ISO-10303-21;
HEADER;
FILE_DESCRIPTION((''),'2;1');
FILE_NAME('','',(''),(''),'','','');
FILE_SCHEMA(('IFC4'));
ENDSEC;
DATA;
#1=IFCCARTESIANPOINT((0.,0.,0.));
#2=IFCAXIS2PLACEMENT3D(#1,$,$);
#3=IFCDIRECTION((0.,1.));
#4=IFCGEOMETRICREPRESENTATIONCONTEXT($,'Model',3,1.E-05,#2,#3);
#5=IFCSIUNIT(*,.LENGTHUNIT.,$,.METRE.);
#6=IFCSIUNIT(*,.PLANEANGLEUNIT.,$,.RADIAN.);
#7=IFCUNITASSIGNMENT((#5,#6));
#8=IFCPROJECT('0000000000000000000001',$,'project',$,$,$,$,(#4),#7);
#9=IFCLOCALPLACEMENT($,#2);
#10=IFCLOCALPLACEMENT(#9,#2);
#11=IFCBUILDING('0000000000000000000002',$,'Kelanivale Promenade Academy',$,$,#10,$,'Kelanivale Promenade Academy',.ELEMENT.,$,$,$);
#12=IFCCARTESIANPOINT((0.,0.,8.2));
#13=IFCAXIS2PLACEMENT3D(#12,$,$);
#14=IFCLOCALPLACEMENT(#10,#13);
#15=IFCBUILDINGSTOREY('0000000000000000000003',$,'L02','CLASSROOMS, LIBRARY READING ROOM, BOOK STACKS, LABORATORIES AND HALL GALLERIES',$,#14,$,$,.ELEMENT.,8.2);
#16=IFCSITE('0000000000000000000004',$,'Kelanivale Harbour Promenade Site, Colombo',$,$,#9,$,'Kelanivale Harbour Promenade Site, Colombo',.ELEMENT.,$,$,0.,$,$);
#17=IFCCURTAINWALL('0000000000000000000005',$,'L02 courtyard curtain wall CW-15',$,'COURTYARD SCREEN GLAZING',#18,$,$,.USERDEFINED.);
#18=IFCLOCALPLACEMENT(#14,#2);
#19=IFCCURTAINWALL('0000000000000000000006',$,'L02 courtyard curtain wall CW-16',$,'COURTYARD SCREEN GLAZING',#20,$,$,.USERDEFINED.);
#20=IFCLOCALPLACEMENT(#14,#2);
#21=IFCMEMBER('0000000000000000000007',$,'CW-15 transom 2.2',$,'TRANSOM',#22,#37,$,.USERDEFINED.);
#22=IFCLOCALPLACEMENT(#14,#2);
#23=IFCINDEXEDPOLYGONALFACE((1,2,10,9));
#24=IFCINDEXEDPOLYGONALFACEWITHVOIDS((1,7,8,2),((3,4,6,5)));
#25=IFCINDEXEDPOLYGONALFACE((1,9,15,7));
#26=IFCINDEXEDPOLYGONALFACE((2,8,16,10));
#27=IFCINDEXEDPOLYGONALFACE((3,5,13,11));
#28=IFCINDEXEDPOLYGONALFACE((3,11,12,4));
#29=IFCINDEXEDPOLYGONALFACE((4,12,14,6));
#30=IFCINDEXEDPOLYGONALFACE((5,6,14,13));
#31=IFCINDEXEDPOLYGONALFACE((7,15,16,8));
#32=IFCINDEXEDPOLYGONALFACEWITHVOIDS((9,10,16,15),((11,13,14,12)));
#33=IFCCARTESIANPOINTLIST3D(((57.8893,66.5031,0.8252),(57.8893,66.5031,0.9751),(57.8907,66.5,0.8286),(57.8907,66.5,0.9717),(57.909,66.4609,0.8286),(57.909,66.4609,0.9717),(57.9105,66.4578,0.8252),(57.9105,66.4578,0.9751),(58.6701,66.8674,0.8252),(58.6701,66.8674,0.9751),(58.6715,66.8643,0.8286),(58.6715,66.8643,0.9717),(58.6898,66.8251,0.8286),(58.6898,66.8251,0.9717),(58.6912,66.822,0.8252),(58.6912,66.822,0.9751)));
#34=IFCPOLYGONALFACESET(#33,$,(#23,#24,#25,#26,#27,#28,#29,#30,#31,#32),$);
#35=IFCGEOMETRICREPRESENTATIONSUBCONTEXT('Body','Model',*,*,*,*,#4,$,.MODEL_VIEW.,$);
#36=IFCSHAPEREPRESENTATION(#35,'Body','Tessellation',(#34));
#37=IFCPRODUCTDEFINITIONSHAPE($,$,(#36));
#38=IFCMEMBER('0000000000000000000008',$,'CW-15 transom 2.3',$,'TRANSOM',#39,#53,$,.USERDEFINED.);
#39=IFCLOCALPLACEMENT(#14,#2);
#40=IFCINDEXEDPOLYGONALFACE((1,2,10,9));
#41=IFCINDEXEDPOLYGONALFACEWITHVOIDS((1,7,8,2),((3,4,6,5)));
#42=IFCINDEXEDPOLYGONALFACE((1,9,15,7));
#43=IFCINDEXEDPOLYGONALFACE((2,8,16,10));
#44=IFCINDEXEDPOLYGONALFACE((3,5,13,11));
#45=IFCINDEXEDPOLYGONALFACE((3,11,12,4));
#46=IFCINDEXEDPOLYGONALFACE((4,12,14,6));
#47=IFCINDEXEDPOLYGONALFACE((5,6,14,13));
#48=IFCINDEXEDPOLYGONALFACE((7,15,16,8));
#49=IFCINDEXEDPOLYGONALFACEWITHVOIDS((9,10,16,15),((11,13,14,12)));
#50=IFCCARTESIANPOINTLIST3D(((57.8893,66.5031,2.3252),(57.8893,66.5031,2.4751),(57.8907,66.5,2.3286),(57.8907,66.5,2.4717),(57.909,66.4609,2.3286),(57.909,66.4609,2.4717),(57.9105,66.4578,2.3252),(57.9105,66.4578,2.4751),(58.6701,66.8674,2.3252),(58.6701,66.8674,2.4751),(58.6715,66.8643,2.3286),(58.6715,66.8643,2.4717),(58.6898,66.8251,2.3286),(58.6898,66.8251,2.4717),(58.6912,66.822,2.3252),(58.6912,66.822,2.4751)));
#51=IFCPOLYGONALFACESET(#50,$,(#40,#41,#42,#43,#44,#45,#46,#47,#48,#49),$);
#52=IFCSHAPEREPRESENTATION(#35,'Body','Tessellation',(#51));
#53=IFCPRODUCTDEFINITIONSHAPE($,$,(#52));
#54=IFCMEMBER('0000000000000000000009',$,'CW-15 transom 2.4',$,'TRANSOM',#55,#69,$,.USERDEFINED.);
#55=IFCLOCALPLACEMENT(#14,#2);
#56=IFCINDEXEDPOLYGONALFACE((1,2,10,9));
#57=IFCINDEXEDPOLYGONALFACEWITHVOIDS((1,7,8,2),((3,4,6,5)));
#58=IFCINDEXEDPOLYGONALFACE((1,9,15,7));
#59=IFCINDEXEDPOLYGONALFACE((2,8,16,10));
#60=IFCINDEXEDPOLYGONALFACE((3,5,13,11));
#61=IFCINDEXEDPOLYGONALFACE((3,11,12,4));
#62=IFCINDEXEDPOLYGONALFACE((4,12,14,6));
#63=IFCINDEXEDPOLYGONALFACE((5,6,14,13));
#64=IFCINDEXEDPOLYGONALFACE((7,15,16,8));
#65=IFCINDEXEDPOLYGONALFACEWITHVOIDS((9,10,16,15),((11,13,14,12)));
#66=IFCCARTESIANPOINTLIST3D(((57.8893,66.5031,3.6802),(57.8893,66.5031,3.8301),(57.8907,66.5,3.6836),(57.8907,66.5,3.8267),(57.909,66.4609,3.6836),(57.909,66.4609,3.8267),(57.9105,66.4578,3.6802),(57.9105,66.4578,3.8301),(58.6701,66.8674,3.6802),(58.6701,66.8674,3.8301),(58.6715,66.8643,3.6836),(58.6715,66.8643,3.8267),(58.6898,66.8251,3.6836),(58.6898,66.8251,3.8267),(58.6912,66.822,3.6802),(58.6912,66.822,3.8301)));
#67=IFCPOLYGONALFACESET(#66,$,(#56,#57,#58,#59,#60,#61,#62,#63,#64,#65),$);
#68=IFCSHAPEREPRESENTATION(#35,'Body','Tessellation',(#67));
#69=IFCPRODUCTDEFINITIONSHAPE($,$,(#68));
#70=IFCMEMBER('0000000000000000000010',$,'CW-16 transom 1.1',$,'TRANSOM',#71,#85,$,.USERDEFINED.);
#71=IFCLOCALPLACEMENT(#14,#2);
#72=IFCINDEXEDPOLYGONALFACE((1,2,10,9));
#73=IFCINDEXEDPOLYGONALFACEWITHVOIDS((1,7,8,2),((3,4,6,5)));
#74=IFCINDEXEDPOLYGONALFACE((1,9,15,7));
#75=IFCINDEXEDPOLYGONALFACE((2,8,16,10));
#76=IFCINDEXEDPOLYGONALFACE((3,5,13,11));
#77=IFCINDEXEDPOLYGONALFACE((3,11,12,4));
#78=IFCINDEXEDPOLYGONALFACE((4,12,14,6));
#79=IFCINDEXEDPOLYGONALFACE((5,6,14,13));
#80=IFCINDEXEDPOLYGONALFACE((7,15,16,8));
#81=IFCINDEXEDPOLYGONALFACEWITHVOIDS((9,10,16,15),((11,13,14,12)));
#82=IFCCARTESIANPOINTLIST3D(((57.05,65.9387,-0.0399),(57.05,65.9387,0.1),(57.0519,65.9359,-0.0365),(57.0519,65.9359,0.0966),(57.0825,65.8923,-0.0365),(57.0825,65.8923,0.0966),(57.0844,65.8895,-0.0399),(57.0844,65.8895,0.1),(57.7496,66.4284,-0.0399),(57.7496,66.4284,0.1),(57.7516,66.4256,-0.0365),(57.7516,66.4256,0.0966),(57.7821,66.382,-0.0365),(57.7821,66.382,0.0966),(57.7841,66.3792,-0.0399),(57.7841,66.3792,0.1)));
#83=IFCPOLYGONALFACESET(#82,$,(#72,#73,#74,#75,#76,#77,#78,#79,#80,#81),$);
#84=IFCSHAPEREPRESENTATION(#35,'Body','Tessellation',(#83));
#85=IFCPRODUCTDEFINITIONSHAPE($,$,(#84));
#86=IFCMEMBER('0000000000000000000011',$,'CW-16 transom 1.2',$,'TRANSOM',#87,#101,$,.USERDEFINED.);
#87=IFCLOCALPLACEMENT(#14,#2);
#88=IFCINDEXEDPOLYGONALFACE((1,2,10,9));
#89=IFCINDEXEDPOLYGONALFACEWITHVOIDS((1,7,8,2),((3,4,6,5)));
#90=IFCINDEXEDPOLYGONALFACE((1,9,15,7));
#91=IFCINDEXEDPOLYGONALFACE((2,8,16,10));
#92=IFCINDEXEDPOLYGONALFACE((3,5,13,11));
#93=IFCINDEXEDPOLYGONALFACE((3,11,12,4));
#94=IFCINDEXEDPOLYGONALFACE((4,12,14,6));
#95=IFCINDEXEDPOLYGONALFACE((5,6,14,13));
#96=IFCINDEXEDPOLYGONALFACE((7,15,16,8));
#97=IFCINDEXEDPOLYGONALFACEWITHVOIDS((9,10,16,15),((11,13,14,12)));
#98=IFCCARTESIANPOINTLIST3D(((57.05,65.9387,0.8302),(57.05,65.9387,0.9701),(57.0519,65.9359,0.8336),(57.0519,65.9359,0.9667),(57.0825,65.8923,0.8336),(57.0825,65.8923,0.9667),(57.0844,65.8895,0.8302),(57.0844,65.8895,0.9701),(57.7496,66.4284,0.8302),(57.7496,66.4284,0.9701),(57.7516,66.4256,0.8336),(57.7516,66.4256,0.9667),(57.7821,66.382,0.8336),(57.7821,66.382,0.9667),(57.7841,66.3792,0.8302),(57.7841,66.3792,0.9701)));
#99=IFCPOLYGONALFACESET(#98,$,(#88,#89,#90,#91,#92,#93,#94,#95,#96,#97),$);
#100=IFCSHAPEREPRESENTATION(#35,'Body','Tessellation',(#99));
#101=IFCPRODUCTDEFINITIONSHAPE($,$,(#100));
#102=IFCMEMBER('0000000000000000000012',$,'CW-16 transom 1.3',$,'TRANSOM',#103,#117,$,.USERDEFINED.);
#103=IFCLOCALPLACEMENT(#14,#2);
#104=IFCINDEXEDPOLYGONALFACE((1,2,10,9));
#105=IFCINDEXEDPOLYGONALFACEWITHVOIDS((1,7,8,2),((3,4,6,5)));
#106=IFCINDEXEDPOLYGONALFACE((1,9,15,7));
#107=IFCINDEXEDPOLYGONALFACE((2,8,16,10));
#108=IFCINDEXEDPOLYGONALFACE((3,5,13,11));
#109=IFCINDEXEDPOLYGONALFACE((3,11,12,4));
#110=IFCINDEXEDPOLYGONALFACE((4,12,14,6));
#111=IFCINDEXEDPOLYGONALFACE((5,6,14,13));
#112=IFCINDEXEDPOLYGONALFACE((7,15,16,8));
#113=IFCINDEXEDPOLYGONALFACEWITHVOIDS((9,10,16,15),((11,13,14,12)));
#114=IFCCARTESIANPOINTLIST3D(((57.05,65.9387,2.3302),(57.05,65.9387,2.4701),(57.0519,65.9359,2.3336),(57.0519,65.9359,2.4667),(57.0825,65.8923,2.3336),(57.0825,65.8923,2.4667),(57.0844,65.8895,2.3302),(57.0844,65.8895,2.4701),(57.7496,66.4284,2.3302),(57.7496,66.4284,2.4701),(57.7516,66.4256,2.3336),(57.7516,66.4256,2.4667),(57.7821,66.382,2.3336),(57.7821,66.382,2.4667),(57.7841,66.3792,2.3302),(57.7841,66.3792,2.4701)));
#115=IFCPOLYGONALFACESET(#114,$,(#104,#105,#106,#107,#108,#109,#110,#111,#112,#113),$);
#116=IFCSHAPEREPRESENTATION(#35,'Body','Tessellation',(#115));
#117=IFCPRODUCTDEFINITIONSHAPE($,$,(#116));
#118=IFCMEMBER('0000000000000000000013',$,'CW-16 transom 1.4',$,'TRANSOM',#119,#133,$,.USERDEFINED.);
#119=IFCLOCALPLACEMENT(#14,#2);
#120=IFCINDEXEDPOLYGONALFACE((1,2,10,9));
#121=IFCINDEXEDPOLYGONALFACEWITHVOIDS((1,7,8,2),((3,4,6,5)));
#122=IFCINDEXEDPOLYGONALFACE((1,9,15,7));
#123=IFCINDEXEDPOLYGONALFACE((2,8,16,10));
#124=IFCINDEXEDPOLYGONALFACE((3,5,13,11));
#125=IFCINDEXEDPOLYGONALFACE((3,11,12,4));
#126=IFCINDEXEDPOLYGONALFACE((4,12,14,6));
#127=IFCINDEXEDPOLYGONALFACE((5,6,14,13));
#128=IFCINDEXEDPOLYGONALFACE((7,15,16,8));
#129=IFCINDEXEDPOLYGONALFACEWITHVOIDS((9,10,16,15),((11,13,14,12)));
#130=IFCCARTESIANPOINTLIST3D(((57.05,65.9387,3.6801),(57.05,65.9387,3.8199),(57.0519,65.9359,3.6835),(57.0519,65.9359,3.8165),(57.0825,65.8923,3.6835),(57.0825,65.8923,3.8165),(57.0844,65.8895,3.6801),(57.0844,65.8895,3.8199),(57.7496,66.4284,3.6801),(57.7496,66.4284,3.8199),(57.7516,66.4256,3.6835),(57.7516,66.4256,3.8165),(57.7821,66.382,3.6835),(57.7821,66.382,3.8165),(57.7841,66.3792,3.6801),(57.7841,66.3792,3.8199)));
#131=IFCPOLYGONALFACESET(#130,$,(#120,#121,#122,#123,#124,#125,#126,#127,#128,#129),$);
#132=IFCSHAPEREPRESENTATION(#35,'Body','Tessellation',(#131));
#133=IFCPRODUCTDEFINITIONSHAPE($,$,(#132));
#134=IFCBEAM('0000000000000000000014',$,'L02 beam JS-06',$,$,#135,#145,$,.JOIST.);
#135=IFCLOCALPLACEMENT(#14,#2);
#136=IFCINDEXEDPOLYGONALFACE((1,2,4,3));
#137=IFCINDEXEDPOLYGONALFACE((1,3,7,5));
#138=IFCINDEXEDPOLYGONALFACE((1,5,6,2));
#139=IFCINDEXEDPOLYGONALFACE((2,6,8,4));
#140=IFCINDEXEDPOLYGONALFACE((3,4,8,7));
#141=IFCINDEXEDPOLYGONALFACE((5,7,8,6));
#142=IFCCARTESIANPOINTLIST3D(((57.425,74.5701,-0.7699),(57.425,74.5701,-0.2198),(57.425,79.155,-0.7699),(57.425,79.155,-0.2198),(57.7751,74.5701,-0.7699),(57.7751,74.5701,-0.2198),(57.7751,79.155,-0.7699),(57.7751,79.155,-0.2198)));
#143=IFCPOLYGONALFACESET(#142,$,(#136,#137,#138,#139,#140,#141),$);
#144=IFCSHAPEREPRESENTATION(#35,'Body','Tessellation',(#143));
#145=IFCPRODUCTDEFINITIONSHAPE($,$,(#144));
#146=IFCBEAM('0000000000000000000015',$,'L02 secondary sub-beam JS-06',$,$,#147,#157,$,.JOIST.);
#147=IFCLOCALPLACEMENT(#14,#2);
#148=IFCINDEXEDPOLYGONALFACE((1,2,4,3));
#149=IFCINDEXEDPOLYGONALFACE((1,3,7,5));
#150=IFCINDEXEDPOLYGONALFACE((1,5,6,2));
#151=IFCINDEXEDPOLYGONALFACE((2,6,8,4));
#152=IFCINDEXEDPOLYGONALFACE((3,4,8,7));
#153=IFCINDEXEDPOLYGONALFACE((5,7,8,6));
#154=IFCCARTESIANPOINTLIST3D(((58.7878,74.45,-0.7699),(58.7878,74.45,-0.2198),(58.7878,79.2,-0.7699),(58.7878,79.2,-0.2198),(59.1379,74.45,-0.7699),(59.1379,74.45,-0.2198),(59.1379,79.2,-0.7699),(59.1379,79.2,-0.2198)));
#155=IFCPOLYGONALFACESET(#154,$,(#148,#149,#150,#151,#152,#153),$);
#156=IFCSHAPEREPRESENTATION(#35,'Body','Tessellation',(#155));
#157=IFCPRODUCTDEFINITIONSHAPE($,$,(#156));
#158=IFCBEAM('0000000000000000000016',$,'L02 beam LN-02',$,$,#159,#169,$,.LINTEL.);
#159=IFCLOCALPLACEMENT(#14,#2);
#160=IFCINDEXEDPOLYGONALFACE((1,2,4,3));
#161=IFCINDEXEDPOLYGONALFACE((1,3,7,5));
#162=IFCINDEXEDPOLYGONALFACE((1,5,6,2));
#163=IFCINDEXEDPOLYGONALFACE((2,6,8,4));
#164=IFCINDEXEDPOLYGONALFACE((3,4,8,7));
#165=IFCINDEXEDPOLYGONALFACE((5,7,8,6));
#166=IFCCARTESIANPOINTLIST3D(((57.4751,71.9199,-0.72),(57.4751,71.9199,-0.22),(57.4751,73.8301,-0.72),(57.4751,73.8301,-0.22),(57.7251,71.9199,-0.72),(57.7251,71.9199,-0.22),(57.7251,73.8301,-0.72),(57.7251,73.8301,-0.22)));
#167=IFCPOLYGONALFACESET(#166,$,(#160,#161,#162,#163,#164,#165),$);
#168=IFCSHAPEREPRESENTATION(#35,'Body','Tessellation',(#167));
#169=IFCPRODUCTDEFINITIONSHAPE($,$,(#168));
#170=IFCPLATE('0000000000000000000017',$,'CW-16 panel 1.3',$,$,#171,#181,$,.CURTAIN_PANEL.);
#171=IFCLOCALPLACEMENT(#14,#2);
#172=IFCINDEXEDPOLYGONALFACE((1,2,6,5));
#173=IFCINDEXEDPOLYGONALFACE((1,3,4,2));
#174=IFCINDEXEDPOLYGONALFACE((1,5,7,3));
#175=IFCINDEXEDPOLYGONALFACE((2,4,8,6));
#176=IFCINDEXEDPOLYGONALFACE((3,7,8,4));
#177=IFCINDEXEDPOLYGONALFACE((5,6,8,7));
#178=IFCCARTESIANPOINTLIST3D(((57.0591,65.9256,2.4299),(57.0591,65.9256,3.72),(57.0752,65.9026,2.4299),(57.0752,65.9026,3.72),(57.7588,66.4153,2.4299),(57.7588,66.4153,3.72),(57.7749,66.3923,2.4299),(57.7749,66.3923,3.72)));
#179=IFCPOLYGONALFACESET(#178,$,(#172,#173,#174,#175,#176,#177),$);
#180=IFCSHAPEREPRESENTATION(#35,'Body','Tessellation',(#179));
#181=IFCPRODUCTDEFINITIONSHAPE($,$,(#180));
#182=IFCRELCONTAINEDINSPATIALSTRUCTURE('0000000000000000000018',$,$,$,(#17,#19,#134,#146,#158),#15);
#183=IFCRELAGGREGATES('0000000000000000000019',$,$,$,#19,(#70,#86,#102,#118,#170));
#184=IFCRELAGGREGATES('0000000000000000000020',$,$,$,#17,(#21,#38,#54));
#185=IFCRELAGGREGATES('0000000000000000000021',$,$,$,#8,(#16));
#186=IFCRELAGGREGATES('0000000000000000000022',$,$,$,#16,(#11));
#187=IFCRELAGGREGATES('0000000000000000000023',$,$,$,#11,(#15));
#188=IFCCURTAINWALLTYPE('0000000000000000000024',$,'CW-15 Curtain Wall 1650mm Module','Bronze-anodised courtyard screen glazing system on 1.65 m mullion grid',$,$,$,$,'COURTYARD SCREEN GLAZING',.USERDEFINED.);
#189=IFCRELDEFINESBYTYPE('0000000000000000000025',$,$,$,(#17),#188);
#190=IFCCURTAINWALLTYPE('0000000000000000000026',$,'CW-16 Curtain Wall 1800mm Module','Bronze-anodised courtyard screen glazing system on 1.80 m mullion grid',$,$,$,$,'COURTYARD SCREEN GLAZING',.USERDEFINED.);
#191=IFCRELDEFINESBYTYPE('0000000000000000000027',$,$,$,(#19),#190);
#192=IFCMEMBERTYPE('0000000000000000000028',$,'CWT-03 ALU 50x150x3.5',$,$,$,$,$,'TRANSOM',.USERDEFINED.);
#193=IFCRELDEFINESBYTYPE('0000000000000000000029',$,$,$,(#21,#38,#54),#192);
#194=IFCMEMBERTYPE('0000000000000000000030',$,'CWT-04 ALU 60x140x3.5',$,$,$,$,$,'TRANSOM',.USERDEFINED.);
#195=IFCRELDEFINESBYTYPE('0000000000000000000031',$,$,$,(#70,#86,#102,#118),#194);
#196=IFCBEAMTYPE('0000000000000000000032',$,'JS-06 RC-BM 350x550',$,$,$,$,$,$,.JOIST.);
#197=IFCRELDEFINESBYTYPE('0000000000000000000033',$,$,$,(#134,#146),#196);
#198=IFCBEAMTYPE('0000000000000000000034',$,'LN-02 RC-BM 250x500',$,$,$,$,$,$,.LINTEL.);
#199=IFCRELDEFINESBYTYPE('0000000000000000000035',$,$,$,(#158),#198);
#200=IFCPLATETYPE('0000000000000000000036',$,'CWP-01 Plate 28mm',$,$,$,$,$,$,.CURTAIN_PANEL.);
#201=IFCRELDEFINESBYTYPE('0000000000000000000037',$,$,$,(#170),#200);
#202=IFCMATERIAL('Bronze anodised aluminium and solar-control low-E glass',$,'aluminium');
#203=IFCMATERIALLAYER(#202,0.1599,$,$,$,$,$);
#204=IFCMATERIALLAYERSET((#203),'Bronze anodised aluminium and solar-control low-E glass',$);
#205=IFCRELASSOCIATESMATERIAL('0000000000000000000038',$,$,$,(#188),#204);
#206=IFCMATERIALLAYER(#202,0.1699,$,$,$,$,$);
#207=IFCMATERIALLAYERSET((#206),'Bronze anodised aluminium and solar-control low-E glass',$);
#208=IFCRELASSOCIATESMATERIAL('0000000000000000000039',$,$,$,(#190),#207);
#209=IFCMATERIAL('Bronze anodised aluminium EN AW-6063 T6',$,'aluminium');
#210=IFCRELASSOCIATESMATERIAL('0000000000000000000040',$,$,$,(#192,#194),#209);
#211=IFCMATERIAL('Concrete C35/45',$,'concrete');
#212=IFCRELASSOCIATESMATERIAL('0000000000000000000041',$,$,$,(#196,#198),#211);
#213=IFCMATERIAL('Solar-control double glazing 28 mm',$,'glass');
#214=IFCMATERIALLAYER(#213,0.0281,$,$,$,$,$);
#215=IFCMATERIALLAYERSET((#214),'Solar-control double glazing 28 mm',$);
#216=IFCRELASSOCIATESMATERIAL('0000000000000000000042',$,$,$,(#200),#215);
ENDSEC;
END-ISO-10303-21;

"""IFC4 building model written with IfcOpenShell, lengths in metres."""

from ifc_helpers import new_model, si_unit, direction, frame, origin, origin_2d, place, context, subcontext, project, spatial, rectangle, hollow_rectangle, extrude, material, layer, layer_set, material_profile, profile_set, type_object, element, aggregate, save


model = new_model("IFC4")

# Units and contexts
model_context = context("Model", 3, precision=1e-05, world=origin(), true_north=direction((0.0, 1.0)))
body_context = subcontext(model_context, "Body", "Model", "MODEL_VIEW")
ifc_project = project(units=[si_unit("LENGTHUNIT", "METRE"), si_unit("PLANEANGLEUNIT", "RADIAN")], contexts=[model_context])

# Site, building, storey
site_placement = place(None, origin())
site = spatial("IfcSite", under=ifc_project, at=site_placement, Name="Kelanivale Harbour Promenade Site, Colombo", LongName="Kelanivale Harbour Promenade Site, Colombo", CompositionType="ELEMENT", RefElevation=0.0)
building_placement = place(site_placement, origin())
building = spatial("IfcBuilding", under=site, at=building_placement, Name="Kelanivale Promenade Academy", LongName="Kelanivale Promenade Academy", CompositionType="ELEMENT")
storey_placement = place(building_placement, frame((0.0, 0.0, 8.2)))
storey = spatial("IfcBuildingStorey", under=building, at=storey_placement, Name="L02", Description="CLASSROOMS, LIBRARY READING ROOM, BOOK STACKS, LABORATORIES AND HALL GALLERIES", CompositionType="ELEMENT", Elevation=8.2)

# Shared definitions
ifc_material_1 = material(Name="Concrete C35/45", Category="concrete")

# Curtain wall
ifc_material_2 = material(Name="Bronze anodised aluminium and solar-control low-E glass", Category="aluminium")
ifc_layer_1 = layer(ifc_material_2, 0.1599)
ifc_layer_set_1 = layer_set([ifc_layer_1], Name="Bronze anodised aluminium and solar-control low-E glass")
curtain_wall_type_1 = type_object("IfcCurtainWallType", Name="CW-15 Curtain Wall 1650mm Module", Description="Bronze-anodised courtyard screen glazing system on 1.65 m mullion grid", ElementType="COURTYARD SCREEN GLAZING", PredefinedType="USERDEFINED", material=ifc_layer_set_1)
curtain_wall_1_placement = place(storey_placement, origin())
curtain_wall_1 = element("IfcCurtainWall", 1, at=curtain_wall_1_placement, inside=storey, type_object=curtain_wall_type_1, Name="L02 courtyard curtain wall CW-15", ObjectType="COURTYARD SCREEN GLAZING", PredefinedType="USERDEFINED")
ifc_material_3 = material(Name="Bronze anodised aluminium EN AW-6063 T6", Category="aluminium")

# Curtain wall
ifc_layer_2 = layer(ifc_material_2, 0.1699)
ifc_layer_set_2 = layer_set([ifc_layer_2], Name="Bronze anodised aluminium and solar-control low-E glass")
curtain_wall_type_2 = type_object("IfcCurtainWallType", Name="CW-16 Curtain Wall 1800mm Module", Description="Bronze-anodised courtyard screen glazing system on 1.80 m mullion grid", ElementType="COURTYARD SCREEN GLAZING", PredefinedType="USERDEFINED", material=ifc_layer_set_2)
curtain_wall_2_placement = place(storey_placement, origin())
curtain_wall_2 = element("IfcCurtainWall", 2, at=curtain_wall_2_placement, inside=storey, type_object=curtain_wall_type_2, Name="L02 courtyard curtain wall CW-16", ObjectType="COURTYARD SCREEN GLAZING", PredefinedType="USERDEFINED")

# Members
ifc_material_profile_1 = material_profile(ifc_material_3, hollow_rectangle(XDim=0.05, YDim=0.1499, WallThickness=0.0034, at=origin_2d()), Name="ALU 50x150x3.5")
ifc_profile_set_1 = profile_set([ifc_material_profile_1], Name="Bronze anodised aluminium EN AW-6063 T6")
member_type_1 = type_object("IfcMemberType", Name="CWT-03 ALU 50x150x3.5", ElementType="TRANSOM", PredefinedType="USERDEFINED", material=ifc_profile_set_1)
member_1_placement = place(storey_placement, frame((58.6807, 66.8447, 0.9001), z_axis=(-0.906227, -0.422792, 0.0), x_axis=(0.422792, -0.906227, 0.0)))
member_1 = element("IfcMember", 3, at=member_1_placement, type_object=member_type_1, Name="CW-15 transom 2.2", ObjectType="TRANSOM", PredefinedType="USERDEFINED", context=body_context, shape_type="SweptSolid", body=[
    extrude(hollow_rectangle(XDim=0.05, YDim=0.1499, WallThickness=0.0034, at=origin_2d()), origin(), (0.0, 0.0, 1.0), 0.8616),
])
member_2_placement = place(storey_placement, frame((58.6807, 66.8447, 2.4001), z_axis=(-0.906227, -0.422792, 0.0), x_axis=(0.422792, -0.906227, 0.0)))
member_2 = element("IfcMember", 4, at=member_2_placement, type_object=member_type_1, Name="CW-15 transom 2.3", ObjectType="TRANSOM", PredefinedType="USERDEFINED", context=body_context, shape_type="SweptSolid", body=[
    extrude(hollow_rectangle(XDim=0.05, YDim=0.1499, WallThickness=0.0034, at=origin_2d()), origin(), (0.0, 0.0, 1.0), 0.8616),
])
member_3_placement = place(storey_placement, frame((58.6807, 66.8447, 3.7551), z_axis=(-0.906227, -0.422792, 0.0), x_axis=(0.422792, -0.906227, 0.0)))
member_3 = element("IfcMember", 5, at=member_3_placement, type_object=member_type_1, Name="CW-15 transom 2.4", ObjectType="TRANSOM", PredefinedType="USERDEFINED", context=body_context, shape_type="SweptSolid", body=[
    extrude(hollow_rectangle(XDim=0.05, YDim=0.1499, WallThickness=0.0034, at=origin_2d()), origin(), (0.0, 0.0, 1.0), 0.8616),
])
ifc_material_profile_2 = material_profile(ifc_material_3, hollow_rectangle(XDim=0.0601, YDim=0.1399, WallThickness=0.0034, at=origin_2d()), Name="ALU 60x140x3.5")
ifc_profile_set_2 = profile_set([ifc_material_profile_2], Name="Bronze anodised aluminium EN AW-6063 T6")
member_type_2 = type_object("IfcMemberType", Name="CWT-04 ALU 60x140x3.5", ElementType="TRANSOM", PredefinedType="USERDEFINED", material=ifc_profile_set_2)
member_4_placement = place(storey_placement, frame((57.7668, 66.4038, 0.03), z_axis=(-0.819259, -0.573424, 0.0), x_axis=(0.573424, -0.819259, 0.0)))
member_4 = element("IfcMember", 6, at=member_4_placement, type_object=member_type_2, Name="CW-16 transom 1.1", ObjectType="TRANSOM", PredefinedType="USERDEFINED", context=body_context, shape_type="SweptSolid", body=[
    extrude(hollow_rectangle(XDim=0.0601, YDim=0.1399, WallThickness=0.0034, at=origin_2d()), origin(), (0.0, 0.0, 1.0), 0.854),
])
member_5_placement = place(storey_placement, frame((57.7668, 66.4038, 0.9001), z_axis=(-0.819259, -0.573424, 0.0), x_axis=(0.573424, -0.819259, 0.0)))
member_5 = element("IfcMember", 7, at=member_5_placement, type_object=member_type_2, Name="CW-16 transom 1.2", ObjectType="TRANSOM", PredefinedType="USERDEFINED", context=body_context, shape_type="SweptSolid", body=[
    extrude(hollow_rectangle(XDim=0.0601, YDim=0.1399, WallThickness=0.0034, at=origin_2d()), origin(), (0.0, 0.0, 1.0), 0.854),
])
member_6_placement = place(storey_placement, frame((57.7668, 66.4038, 2.4001), z_axis=(-0.819259, -0.573424, 0.0), x_axis=(0.573424, -0.819259, 0.0)))
member_6 = element("IfcMember", 8, at=member_6_placement, type_object=member_type_2, Name="CW-16 transom 1.3", ObjectType="TRANSOM", PredefinedType="USERDEFINED", context=body_context, shape_type="SweptSolid", body=[
    extrude(hollow_rectangle(XDim=0.0601, YDim=0.1399, WallThickness=0.0034, at=origin_2d()), origin(), (0.0, 0.0, 1.0), 0.854),
])
member_7_placement = place(storey_placement, frame((57.7668, 66.4038, 3.75), z_axis=(-0.819259, -0.573424, 0.0), x_axis=(0.573424, -0.819259, 0.0)))
member_7 = element("IfcMember", 9, at=member_7_placement, type_object=member_type_2, Name="CW-16 transom 1.4", ObjectType="TRANSOM", PredefinedType="USERDEFINED", context=body_context, shape_type="SweptSolid", body=[
    extrude(hollow_rectangle(XDim=0.0601, YDim=0.1399, WallThickness=0.0034, at=origin_2d()), origin(), (0.0, 0.0, 1.0), 0.854),
])

# Beams
ifc_material_profile_3 = material_profile(ifc_material_1, rectangle(XDim=0.3501, YDim=0.55, at=origin_2d()), Name="RC-BM 350x550")
ifc_profile_set_3 = profile_set([ifc_material_profile_3], Name="Concrete C35/45")
beam_type_1 = type_object("IfcBeamType", Name="JS-06 RC-BM 350x550", PredefinedType="JOIST", material=ifc_profile_set_3)
beam_1_placement = place(storey_placement, frame((57.6001, 74.5701, -0.4949), z_axis=(0.0, 1.0, 0.0), x_axis=(-1.0, 0.0, 0.0)))
element("IfcBeam", 10, at=beam_1_placement, inside=storey, type_object=beam_type_1, Name="L02 beam JS-06", PredefinedType="JOIST", context=body_context, shape_type="SweptSolid", body=[
    extrude(rectangle(XDim=0.3501, YDim=0.55, at=origin_2d()), origin(), (0.0, 0.0, 1.0), 4.585),
])
beam_2_placement = place(storey_placement, frame((58.9629, 74.45, -0.4949), z_axis=(0.0, 1.0, 0.0), x_axis=(-1.0, 0.0, 0.0)))
element("IfcBeam", 11, at=beam_2_placement, inside=storey, type_object=beam_type_1, Name="L02 secondary sub-beam JS-06", PredefinedType="JOIST", context=body_context, shape_type="SweptSolid", body=[
    extrude(rectangle(XDim=0.3501, YDim=0.55, at=origin_2d()), origin(), (0.0, 0.0, 1.0), 4.75),
])
ifc_material_profile_4 = material_profile(ifc_material_1, rectangle(XDim=0.25, YDim=0.5, at=origin_2d()), Name="RC-BM 250x500")
ifc_profile_set_4 = profile_set([ifc_material_profile_4], Name="Concrete C35/45")
beam_type_2 = type_object("IfcBeamType", Name="LN-02 RC-BM 250x500", PredefinedType="LINTEL", material=ifc_profile_set_4)
beam_3_placement = place(storey_placement, frame((57.6001, 71.9199, -0.47), z_axis=(0.0, 1.0, 0.0), x_axis=(-1.0, 0.0, 0.0)))
element("IfcBeam", 12, at=beam_3_placement, inside=storey, type_object=beam_type_2, Name="L02 beam LN-02", PredefinedType="LINTEL", context=body_context, shape_type="SweptSolid", body=[
    extrude(rectangle(XDim=0.25, YDim=0.5, at=origin_2d()), origin(), (0.0, 0.0, 1.0), 1.9102),
])

# Plate
ifc_material_4 = material(Name="Solar-control double glazing 28 mm", Category="glass")
ifc_layer_3 = layer(ifc_material_4, 0.0281)
ifc_layer_set_3 = layer_set([ifc_layer_3], Name="Solar-control double glazing 28 mm")
plate_type_1 = type_object("IfcPlateType", Name="CWP-01 Plate 28mm", PredefinedType="CURTAIN_PANEL", material=ifc_layer_set_3)
plate_1_placement = place(storey_placement, frame((57.417, 66.1589, 2.4299), z_axis=(0.0, 0.0, 1.0), x_axis=(-0.819306, -0.573357, 0.0)))
plate_1 = element("IfcPlate", 13, at=plate_1_placement, type_object=plate_type_1, Name="CW-16 panel 1.3", PredefinedType="CURTAIN_PANEL", context=body_context, shape_type="SweptSolid", body=[
    extrude(rectangle(XDim=0.854, YDim=0.0281, at=origin_2d()), origin(), (0.0, 0.0, 1.0), 1.29),
])
aggregate(curtain_wall_2, [member_4, member_5, member_6, member_7, plate_1])
aggregate(curtain_wall_1, [member_1, member_2, member_3])

save(model, "model.ifc")
